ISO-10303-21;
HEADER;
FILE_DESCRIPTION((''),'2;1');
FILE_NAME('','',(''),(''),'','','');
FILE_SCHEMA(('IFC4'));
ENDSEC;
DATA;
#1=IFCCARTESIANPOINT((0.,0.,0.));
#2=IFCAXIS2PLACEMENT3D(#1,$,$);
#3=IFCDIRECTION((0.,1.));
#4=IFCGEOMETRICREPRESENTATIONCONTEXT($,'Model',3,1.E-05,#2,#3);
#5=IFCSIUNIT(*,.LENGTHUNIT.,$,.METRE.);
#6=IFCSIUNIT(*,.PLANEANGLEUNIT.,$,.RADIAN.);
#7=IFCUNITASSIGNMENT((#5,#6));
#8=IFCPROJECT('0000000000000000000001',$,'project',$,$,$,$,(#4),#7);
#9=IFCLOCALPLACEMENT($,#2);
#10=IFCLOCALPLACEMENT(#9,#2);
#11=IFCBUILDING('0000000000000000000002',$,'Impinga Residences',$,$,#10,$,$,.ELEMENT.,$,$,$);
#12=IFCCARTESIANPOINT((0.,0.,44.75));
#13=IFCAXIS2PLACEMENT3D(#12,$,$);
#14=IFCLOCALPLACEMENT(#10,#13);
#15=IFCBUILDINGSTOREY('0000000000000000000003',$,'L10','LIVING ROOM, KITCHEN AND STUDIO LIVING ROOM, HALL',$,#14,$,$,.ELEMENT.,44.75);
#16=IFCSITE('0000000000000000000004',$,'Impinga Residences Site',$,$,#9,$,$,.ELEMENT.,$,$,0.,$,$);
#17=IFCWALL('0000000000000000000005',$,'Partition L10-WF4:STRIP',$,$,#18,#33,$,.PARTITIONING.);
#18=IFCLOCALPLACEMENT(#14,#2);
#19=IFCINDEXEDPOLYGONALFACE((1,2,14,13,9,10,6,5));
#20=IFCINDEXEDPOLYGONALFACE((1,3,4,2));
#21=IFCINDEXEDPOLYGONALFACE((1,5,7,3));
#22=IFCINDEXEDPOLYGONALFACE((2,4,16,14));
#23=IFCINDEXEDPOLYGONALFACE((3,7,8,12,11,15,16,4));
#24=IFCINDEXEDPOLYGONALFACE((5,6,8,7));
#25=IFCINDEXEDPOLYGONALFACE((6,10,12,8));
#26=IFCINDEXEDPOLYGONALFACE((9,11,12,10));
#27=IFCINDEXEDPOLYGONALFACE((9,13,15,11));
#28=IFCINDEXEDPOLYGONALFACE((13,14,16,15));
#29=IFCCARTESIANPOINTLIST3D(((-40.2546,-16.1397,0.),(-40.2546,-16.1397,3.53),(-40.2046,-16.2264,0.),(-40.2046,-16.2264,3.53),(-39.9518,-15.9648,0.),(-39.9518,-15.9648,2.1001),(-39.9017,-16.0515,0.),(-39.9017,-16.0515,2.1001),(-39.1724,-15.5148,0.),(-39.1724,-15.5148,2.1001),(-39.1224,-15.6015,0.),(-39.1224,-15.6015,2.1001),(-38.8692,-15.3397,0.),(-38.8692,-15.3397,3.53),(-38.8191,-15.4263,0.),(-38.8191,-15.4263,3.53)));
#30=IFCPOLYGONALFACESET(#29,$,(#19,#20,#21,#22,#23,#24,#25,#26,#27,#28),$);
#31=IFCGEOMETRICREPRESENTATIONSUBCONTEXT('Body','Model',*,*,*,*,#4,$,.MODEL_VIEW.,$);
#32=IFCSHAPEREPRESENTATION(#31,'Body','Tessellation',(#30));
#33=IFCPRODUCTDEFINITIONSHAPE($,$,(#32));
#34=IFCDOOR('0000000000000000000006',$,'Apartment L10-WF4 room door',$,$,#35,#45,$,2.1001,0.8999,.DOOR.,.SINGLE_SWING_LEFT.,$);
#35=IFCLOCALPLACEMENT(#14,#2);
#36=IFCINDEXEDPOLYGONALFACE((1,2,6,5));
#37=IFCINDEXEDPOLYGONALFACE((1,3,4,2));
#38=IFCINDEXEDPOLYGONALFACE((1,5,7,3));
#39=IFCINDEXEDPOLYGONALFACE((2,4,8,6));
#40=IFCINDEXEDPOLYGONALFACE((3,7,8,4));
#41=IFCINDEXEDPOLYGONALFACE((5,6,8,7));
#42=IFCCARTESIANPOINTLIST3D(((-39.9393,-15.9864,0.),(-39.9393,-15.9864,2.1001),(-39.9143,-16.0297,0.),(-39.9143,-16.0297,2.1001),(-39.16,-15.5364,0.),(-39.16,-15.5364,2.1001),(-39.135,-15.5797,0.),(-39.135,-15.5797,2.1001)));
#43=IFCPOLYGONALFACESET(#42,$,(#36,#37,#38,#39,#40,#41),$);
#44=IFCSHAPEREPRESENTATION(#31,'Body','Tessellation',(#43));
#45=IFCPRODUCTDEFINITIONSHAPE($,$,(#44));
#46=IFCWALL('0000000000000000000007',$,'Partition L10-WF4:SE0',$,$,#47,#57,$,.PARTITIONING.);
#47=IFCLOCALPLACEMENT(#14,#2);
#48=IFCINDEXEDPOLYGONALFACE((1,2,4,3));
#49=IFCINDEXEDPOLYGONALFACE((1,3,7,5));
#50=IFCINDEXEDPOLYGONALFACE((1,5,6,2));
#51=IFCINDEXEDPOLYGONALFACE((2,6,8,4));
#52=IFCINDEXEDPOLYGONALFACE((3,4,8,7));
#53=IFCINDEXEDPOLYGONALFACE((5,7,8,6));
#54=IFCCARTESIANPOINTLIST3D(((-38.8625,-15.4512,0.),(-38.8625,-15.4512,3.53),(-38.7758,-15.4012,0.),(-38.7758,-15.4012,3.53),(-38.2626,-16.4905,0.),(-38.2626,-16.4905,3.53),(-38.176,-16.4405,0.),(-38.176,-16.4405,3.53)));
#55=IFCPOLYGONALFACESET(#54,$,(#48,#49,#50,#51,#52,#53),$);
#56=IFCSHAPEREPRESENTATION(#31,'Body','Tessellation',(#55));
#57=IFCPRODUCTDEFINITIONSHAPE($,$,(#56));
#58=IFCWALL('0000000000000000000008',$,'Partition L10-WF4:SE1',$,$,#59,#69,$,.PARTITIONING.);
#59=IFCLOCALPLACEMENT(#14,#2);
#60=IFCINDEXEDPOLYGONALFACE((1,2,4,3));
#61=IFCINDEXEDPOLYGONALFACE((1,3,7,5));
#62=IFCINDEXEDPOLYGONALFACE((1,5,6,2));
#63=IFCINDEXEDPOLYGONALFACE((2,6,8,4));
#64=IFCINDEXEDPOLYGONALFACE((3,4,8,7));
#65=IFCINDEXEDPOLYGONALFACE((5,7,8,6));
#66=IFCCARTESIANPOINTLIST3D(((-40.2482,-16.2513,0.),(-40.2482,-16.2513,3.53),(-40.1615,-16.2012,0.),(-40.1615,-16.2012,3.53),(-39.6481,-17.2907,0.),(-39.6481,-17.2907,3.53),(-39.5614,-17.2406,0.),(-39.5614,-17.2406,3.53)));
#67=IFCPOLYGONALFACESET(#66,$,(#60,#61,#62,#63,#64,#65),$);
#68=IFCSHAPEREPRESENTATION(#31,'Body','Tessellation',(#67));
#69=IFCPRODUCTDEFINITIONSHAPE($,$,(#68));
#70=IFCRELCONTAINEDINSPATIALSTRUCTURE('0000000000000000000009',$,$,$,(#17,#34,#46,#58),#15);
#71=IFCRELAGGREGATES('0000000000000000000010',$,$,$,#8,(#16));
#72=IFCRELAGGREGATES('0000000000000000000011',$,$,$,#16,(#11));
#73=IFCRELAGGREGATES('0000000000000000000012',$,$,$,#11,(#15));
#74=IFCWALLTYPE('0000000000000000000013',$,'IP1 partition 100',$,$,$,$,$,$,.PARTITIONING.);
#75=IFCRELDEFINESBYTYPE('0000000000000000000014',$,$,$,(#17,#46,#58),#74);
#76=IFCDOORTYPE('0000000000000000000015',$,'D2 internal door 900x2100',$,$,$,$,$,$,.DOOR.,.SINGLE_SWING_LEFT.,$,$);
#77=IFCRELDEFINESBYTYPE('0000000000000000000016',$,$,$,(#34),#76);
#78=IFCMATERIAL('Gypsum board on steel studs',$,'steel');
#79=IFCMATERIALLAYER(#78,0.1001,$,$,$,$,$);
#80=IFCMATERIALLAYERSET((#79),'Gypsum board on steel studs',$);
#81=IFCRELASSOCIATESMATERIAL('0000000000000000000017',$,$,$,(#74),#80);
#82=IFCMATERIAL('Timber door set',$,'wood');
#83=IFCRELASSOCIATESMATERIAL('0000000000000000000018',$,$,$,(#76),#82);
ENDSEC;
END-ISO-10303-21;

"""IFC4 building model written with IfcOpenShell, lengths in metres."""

from ifc_helpers import new_model, si_unit, direction, frame, frame_2d, origin, place, context, subcontext, project, spatial, rectangle, extrude, material, layer, layer_set, type_object, element, fill, save


model = new_model("IFC4")

# Units and contexts
model_context = context("Model", 3, precision=1e-05, world=origin(), true_north=direction((0.0, 1.0)))
body_context = subcontext(model_context, "Body", "Model", "MODEL_VIEW")
ifc_project = project(units=[si_unit("LENGTHUNIT", "METRE"), si_unit("PLANEANGLEUNIT", "RADIAN")], contexts=[model_context])

# Site, building, storey
site_placement = place(None, origin())
site = spatial("IfcSite", under=ifc_project, at=site_placement, Name="Impinga Residences Site", CompositionType="ELEMENT", RefElevation=0.0)
building_placement = place(site_placement, origin())
building = spatial("IfcBuilding", under=site, at=building_placement, Name="Impinga Residences", CompositionType="ELEMENT")
storey_placement = place(building_placement, frame((0.0, 0.0, 44.75)))
storey = spatial("IfcBuildingStorey", under=building, at=storey_placement, Name="L10", Description="LIVING ROOM, KITCHEN AND STUDIO LIVING ROOM, HALL", CompositionType="ELEMENT", Elevation=44.75)

# Shared definitions
ifc_material_1 = material(Name="Gypsum board on steel studs", Category="steel")
ifc_layer_1 = layer(ifc_material_1, 0.1001)
ifc_layer_set_1 = layer_set([ifc_layer_1], Name="Gypsum board on steel studs")
wall_type_1 = type_object("IfcWallType", Name="IP1 partition 100", PredefinedType="PARTITIONING", material=ifc_layer_set_1)

# Wall, opening, door
wall_1_placement = place(storey_placement, frame((-38.8442, -15.3831, 0.0), z_axis=(0.0, 0.0, 1.0), x_axis=(-0.86599, -0.500061, 0.0)))
wall_1 = element("IfcWall", 1, at=wall_1_placement, inside=storey, type_object=wall_type_1, Name="Partition L10-WF4:STRIP", PredefinedType="PARTITIONING", context=body_context, shape_type="SweptSolid", body=[
    extrude(rectangle(XDim=1.5999, YDim=0.1001, at=frame_2d((0.7998, 0.0))), origin(), (0.0, 0.0, 1.0), 3.53),
])
opening_1_placement = place(wall_1_placement, frame((0.3501, 0.0, 0.0)))
opening_1 = element("IfcOpeningElement", 2, at=opening_1_placement, cuts=wall_1, PredefinedType="OPENING", context=body_context, shape_type="SweptSolid", body=[
    extrude(rectangle(XDim=0.8999, YDim=2.1001, at=frame_2d((0.45, 1.05))), frame((0.0, 0.0601, 0.0), z_axis=(0.0, -1.0, 0.0), x_axis=(1.0, 0.0, 0.0)), (0.0, 0.0, 1.0), 0.1201),
])
ifc_material_2 = material(Name="Timber door set", Category="wood")
door_type = type_object("IfcDoorType", Name="D2 internal door 900x2100", OperationType="SINGLE_SWING_LEFT", PredefinedType="DOOR", material=ifc_material_2)
door_placement = place(opening_1_placement, origin())
door = element("IfcDoor", 3, at=door_placement, inside=storey, type_object=door_type, Name="Apartment L10-WF4 room door", OperationType="SINGLE_SWING_LEFT", OverallHeight=2.1001, OverallWidth=0.8999, PredefinedType="DOOR", context=body_context, shape_type="SweptSolid", body=[
    extrude(rectangle(XDim=0.8999, YDim=2.1001, at=frame_2d((0.45, 1.05))), frame((0.0, 0.0249, 0.0), z_axis=(0.0, -1.0, 0.0), x_axis=(1.0, 0.0, 0.0)), (0.0, 0.0, 1.0), 0.05),
])
fill(opening_1, door)

# Walls
wall_2_placement = place(storey_placement, frame((-38.2192, -16.4656, 0.0), z_axis=(0.0, 0.0, 1.0), x_axis=(-0.499881, 0.866094, 0.0)))
element("IfcWall", 4, at=wall_2_placement, inside=storey, type_object=wall_type_1, Name="Partition L10-WF4:SE0", PredefinedType="PARTITIONING", context=body_context, shape_type="SweptSolid", body=[
    extrude(rectangle(XDim=1.2, YDim=0.1001, at=frame_2d((0.6001, 0.0))), origin(), (0.0, 0.0, 1.0), 3.53),
])
wall_3_placement = place(storey_placement, frame((-39.6047, -17.2656, 0.0), z_axis=(0.0, 0.0, 1.0), x_axis=(-0.500034, 0.866006, 0.0)))
element("IfcWall", 5, at=wall_3_placement, inside=storey, type_object=wall_type_1, Name="Partition L10-WF4:SE1", PredefinedType="PARTITIONING", context=body_context, shape_type="SweptSolid", body=[
    extrude(rectangle(XDim=1.2002, YDim=0.1001, at=frame_2d((0.6001, 0.0))), origin(), (0.0, 0.0, 1.0), 3.53),
])

save(model, "model.ifc")
